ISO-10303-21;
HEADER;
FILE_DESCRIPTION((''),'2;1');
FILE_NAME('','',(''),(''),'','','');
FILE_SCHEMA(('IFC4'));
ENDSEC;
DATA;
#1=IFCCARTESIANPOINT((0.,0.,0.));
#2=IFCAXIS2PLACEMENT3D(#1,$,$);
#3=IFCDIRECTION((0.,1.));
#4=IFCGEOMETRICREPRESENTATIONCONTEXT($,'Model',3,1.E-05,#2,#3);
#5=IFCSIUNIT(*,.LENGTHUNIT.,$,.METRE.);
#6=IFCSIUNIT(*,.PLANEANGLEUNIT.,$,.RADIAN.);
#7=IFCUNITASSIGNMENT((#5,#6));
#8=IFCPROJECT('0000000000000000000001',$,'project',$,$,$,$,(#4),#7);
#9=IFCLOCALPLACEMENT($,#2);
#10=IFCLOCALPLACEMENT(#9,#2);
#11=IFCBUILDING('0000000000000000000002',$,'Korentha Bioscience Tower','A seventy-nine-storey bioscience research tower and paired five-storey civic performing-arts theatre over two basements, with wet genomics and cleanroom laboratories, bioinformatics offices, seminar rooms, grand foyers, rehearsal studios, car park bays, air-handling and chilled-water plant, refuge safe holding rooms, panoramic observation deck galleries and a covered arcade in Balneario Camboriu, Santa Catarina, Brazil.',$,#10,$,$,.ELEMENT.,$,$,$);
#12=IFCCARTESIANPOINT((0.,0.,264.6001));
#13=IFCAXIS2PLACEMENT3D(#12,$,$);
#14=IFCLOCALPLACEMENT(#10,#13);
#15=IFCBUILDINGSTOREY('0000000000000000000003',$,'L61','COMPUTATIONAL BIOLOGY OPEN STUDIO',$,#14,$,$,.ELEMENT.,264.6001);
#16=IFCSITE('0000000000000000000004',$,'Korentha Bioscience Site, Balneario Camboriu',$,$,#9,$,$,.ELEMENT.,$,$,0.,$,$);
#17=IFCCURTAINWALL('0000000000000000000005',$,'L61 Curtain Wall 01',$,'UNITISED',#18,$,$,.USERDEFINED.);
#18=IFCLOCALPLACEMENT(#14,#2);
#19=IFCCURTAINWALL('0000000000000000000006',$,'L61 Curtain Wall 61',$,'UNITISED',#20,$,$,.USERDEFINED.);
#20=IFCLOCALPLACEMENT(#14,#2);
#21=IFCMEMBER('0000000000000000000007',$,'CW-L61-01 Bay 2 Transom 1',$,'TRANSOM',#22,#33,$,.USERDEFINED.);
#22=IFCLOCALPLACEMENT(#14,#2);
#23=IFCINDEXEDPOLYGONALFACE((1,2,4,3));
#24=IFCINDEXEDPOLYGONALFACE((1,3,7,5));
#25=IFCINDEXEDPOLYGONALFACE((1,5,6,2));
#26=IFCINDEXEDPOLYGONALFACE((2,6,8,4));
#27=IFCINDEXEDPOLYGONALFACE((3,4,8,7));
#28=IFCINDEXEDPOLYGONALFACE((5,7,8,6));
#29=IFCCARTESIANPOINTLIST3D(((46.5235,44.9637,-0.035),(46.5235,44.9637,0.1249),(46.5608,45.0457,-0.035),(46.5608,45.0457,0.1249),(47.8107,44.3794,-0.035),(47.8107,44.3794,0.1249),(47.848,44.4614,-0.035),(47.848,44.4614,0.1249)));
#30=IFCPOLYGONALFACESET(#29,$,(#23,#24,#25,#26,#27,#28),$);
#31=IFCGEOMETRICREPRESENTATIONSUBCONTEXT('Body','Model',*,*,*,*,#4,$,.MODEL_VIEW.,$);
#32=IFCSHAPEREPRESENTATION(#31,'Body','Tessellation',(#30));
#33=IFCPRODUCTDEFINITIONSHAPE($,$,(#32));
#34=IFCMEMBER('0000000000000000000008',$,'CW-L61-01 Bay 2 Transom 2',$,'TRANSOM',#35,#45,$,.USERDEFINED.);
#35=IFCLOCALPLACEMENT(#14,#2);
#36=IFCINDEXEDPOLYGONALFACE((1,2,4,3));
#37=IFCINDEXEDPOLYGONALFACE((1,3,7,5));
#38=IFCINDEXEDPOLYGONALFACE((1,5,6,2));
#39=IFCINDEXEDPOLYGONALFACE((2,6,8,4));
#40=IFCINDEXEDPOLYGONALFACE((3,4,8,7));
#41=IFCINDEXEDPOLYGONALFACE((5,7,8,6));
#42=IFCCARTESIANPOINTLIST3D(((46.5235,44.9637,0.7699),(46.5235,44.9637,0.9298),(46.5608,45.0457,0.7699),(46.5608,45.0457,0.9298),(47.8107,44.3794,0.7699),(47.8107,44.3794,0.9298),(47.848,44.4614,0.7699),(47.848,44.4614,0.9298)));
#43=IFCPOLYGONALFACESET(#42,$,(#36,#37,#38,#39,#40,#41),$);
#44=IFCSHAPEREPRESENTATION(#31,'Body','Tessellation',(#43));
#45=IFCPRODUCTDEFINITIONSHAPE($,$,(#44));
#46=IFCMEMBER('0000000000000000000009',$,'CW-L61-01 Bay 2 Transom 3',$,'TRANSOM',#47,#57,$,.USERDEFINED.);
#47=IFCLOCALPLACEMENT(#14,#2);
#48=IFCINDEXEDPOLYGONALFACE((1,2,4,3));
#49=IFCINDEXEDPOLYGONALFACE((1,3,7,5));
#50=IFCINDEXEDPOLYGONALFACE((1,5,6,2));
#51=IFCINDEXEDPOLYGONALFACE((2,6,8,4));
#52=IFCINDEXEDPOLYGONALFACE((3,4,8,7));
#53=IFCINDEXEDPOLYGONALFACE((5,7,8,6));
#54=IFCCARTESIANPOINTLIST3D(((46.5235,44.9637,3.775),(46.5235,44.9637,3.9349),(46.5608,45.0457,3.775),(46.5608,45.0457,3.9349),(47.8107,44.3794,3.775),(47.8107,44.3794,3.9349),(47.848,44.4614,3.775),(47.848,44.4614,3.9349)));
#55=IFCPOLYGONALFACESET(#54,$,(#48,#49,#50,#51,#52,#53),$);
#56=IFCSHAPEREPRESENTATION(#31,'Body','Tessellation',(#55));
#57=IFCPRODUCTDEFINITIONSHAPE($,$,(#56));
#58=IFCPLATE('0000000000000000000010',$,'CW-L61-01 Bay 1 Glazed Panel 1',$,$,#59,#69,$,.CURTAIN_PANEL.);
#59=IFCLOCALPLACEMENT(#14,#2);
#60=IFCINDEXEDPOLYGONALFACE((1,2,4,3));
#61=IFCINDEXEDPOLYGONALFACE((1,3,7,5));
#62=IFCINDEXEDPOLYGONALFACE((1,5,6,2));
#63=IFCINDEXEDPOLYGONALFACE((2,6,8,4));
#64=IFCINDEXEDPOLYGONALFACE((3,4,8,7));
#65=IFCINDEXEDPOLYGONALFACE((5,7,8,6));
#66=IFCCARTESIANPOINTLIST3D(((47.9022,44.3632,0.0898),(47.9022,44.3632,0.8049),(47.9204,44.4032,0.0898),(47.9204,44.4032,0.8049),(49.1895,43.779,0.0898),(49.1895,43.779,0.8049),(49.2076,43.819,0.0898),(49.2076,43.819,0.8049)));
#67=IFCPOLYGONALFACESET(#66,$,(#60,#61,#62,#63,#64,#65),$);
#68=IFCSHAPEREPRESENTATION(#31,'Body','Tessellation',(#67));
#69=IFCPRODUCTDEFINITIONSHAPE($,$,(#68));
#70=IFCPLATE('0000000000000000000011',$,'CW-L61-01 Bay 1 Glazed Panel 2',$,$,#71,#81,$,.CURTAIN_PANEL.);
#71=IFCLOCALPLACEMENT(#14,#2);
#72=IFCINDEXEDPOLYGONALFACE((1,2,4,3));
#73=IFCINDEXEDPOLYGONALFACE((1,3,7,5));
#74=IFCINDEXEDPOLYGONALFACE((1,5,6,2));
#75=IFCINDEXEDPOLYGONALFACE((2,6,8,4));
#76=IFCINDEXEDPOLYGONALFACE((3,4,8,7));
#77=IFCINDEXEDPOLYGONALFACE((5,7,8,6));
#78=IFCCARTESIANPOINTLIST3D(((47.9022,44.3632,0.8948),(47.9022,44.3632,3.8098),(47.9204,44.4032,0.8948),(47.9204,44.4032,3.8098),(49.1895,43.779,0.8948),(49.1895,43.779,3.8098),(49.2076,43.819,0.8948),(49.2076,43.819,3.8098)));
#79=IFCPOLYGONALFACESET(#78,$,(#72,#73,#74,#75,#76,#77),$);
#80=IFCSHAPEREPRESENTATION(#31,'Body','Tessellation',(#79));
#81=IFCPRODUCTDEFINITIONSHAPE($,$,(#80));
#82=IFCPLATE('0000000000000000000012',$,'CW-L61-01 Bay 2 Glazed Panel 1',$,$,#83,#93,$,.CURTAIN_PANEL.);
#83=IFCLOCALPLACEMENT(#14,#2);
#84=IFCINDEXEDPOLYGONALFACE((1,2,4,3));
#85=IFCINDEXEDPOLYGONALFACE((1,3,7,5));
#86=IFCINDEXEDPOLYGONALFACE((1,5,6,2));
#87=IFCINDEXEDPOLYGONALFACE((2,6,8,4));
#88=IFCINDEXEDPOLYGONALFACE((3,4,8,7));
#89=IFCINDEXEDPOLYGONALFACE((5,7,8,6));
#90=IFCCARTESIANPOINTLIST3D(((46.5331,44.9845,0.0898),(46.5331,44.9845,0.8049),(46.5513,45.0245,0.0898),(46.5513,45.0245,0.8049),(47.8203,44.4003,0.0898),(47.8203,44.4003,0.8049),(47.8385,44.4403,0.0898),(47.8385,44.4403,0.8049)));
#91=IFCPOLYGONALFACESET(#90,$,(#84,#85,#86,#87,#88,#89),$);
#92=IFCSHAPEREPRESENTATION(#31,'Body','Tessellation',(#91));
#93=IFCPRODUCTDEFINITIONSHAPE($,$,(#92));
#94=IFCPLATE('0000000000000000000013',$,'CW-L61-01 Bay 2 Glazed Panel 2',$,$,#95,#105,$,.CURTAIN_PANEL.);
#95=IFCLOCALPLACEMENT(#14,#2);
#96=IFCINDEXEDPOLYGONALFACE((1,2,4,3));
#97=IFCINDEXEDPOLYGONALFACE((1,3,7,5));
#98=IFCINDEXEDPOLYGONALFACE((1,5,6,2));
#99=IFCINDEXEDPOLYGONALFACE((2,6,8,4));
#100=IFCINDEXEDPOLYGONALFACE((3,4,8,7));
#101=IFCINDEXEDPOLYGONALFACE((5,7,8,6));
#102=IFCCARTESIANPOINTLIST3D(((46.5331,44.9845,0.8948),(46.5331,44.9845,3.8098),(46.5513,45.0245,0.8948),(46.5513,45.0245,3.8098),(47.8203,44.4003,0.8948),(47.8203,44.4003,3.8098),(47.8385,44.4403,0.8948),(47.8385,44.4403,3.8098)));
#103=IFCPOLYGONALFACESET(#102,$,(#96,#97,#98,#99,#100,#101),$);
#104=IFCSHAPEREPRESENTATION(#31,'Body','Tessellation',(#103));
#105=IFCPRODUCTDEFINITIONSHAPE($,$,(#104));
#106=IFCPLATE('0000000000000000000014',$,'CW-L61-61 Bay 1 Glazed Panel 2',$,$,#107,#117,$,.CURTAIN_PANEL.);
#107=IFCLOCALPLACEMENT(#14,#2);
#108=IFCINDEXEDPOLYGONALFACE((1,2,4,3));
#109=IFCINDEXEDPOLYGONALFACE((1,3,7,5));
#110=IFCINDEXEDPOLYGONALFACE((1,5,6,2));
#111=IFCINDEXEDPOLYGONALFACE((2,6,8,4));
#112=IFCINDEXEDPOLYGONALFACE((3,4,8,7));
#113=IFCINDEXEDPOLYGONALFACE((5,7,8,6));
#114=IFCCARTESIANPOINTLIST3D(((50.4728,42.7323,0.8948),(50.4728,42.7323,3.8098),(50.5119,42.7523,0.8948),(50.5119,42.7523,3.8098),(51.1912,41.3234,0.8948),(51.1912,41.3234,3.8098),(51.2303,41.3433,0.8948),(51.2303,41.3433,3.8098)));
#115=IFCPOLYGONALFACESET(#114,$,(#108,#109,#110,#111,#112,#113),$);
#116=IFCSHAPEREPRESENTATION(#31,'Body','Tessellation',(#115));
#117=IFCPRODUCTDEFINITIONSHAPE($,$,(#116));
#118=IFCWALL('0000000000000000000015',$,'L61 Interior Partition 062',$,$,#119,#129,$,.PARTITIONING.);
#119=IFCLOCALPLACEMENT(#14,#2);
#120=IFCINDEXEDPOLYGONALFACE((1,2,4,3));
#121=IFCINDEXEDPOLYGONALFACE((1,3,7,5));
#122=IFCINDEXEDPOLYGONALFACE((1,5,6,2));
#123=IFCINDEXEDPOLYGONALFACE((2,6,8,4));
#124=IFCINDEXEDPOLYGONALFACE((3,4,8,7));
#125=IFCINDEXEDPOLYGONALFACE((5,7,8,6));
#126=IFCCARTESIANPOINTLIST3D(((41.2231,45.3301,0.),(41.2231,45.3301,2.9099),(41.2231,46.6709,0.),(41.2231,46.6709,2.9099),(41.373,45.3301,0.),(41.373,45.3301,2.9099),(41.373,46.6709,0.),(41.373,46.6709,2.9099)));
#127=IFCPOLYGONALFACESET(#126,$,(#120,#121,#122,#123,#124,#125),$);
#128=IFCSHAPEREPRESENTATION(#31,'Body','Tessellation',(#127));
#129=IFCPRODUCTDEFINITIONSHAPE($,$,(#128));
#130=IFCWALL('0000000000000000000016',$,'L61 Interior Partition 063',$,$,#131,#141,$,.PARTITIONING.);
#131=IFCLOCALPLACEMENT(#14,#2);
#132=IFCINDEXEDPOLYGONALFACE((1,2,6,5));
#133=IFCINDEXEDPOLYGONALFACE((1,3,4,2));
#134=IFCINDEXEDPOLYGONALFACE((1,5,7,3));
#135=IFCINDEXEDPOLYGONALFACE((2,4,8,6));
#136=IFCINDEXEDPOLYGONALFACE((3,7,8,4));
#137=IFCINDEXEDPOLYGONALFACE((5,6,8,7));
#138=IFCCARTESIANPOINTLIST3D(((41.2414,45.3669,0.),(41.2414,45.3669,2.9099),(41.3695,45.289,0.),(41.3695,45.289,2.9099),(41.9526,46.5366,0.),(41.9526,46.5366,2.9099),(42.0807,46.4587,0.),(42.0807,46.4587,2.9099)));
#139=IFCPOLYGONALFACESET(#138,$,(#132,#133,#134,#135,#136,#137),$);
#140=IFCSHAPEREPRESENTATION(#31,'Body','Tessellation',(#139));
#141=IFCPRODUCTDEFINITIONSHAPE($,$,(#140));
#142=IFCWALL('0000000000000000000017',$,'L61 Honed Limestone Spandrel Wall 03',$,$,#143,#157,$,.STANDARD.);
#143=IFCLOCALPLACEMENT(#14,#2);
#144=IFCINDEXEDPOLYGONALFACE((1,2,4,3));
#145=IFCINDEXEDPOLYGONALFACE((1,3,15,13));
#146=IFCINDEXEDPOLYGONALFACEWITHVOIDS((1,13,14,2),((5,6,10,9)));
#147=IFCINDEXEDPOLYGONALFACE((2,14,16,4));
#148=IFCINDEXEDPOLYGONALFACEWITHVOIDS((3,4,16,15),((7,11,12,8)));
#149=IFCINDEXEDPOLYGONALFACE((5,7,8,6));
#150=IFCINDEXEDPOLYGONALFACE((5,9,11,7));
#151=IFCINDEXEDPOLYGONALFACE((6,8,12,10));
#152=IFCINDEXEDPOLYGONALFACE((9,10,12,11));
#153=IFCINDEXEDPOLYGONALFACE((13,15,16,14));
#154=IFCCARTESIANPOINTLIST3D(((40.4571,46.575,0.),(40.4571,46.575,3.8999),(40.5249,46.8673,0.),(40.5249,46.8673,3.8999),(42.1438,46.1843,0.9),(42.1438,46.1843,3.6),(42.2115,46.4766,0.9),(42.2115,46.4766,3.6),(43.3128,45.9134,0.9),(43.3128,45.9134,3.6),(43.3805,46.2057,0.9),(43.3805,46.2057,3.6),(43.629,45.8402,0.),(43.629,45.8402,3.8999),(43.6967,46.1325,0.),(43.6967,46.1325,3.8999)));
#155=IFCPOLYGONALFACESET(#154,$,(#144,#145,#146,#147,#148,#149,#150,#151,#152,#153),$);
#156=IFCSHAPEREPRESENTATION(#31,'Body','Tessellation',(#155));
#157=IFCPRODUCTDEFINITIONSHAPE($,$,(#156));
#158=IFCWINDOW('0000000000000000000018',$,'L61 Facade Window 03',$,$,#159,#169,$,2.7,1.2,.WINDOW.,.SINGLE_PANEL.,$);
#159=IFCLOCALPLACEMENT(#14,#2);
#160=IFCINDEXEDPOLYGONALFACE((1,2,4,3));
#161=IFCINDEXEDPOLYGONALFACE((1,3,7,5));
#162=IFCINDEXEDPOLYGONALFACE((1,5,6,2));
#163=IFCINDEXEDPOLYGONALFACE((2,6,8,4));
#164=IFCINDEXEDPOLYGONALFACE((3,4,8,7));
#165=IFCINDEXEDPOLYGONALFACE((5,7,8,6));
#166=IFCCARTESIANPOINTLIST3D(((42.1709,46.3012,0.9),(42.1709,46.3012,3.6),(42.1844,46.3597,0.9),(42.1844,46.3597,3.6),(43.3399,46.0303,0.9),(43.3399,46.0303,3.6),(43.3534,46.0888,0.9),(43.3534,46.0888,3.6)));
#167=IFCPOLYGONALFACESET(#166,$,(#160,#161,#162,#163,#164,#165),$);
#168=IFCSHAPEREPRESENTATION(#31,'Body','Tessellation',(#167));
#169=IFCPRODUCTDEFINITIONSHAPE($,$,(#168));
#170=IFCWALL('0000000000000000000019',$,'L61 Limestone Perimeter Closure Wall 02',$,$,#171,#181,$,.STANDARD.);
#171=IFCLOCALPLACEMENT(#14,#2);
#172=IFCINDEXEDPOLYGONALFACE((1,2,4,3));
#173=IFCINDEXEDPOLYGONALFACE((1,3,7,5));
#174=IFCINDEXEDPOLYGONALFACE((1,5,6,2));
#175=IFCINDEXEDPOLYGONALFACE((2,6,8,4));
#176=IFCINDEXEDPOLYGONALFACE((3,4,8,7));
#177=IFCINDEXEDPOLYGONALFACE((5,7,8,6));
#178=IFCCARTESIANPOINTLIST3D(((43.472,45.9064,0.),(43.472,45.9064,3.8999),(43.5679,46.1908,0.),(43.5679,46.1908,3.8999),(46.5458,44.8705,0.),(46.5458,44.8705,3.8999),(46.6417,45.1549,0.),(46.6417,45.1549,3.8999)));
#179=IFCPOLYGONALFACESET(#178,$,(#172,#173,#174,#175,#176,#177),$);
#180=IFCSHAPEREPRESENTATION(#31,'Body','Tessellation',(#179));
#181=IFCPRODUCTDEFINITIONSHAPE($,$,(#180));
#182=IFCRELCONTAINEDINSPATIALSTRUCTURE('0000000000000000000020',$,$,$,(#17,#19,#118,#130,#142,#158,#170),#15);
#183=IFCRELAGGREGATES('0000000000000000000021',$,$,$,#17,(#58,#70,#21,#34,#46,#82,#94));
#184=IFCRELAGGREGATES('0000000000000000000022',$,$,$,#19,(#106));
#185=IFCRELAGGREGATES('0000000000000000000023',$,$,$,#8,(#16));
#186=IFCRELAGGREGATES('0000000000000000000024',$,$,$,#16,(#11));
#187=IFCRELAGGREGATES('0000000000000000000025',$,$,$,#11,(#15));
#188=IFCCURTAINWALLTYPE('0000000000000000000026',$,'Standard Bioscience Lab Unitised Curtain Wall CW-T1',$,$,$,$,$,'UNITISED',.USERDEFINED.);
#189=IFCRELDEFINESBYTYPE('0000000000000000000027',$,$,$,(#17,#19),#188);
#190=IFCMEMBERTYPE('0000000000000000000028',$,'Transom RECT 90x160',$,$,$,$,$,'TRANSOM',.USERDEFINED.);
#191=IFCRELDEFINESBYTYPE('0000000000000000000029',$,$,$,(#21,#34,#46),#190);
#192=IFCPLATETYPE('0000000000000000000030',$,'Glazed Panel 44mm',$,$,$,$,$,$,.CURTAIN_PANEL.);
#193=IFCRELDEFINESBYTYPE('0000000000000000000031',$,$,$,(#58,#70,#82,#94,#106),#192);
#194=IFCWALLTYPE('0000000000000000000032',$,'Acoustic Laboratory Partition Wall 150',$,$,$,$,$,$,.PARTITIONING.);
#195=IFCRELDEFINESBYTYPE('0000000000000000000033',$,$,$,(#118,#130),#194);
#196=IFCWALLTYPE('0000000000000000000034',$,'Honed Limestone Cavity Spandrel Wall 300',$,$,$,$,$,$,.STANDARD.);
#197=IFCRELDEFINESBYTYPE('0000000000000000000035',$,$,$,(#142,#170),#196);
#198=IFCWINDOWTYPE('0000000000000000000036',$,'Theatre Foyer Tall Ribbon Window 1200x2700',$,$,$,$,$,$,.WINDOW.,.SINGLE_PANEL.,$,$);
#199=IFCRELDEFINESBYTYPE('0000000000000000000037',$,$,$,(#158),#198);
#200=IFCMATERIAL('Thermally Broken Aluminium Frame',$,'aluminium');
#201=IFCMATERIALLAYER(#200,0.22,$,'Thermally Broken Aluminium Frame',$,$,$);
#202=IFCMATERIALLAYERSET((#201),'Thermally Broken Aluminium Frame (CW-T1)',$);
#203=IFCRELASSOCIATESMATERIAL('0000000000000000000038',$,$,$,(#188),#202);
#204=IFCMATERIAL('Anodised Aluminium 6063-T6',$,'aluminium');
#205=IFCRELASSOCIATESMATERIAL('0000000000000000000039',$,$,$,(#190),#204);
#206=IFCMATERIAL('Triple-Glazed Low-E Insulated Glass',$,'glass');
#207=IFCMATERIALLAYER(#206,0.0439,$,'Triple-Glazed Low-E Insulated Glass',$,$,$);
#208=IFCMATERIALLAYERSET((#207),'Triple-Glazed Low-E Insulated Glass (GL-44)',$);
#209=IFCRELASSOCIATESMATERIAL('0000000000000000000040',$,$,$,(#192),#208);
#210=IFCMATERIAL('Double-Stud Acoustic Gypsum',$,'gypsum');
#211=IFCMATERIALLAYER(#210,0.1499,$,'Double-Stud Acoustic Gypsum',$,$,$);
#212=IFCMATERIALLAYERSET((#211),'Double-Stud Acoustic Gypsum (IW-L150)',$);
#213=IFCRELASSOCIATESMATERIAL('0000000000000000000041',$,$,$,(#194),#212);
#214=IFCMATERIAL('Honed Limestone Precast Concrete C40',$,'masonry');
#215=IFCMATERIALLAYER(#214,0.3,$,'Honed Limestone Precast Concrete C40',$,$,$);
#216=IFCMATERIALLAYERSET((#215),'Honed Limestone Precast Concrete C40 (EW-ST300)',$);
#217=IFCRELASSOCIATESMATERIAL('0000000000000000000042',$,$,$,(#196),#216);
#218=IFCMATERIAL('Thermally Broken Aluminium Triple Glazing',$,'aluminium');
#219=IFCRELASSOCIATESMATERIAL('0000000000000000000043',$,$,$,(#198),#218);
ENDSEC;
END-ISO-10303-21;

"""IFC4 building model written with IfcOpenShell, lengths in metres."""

from ifc_helpers import new_model, si_unit, direction, frame, frame_2d, origin, origin_2d, place, context, subcontext, project, spatial, rectangle, extrude, material, layer, layer_set, material_profile, profile_set, type_object, element, fill, aggregate, save


model = new_model("IFC4")

# Units and contexts
model_context = context("Model", 3, precision=1e-05, world=origin(), true_north=direction((0.0, 1.0)))
body_context = subcontext(model_context, "Body", "Model", "MODEL_VIEW")
ifc_project = project(units=[si_unit("LENGTHUNIT", "METRE"), si_unit("PLANEANGLEUNIT", "RADIAN")], contexts=[model_context])

# Site, building, storey
site_placement = place(None, origin())
site = spatial("IfcSite", under=ifc_project, at=site_placement, Name="Korentha Bioscience Site, Balneario Camboriu", CompositionType="ELEMENT", RefElevation=0.0)
building_placement = place(site_placement, origin())
building = spatial("IfcBuilding", under=site, at=building_placement, Name="Korentha Bioscience Tower", Description="A seventy-nine-storey bioscience research tower and paired five-storey civic performing-arts theatre over two basements, with wet genomics and cleanroom laboratories, bioinformatics offices, seminar rooms, grand foyers, rehearsal studios, car park bays, air-handling and chilled-water plant, refuge safe holding rooms, panoramic observation deck galleries and a covered arcade in Balneario Camboriu, Santa Catarina, Brazil.", CompositionType="ELEMENT")
storey_placement = place(building_placement, frame((0.0, 0.0, 264.6001)))
storey = spatial("IfcBuildingStorey", under=building, at=storey_placement, Name="L61", Description="COMPUTATIONAL BIOLOGY OPEN STUDIO", CompositionType="ELEMENT", Elevation=264.6001)

# Curtain wall
ifc_material_1 = material(Name="Thermally Broken Aluminium Frame", Category="aluminium")
ifc_layer_1 = layer(ifc_material_1, 0.22, Name="Thermally Broken Aluminium Frame")
ifc_layer_set_1 = layer_set([ifc_layer_1], Name="Thermally Broken Aluminium Frame (CW-T1)")
curtain_wall_type = type_object("IfcCurtainWallType", Name="Standard Bioscience Lab Unitised Curtain Wall CW-T1", ElementType="UNITISED", PredefinedType="USERDEFINED", material=ifc_layer_set_1)
curtain_wall_1_placement = place(storey_placement, origin())
curtain_wall_1 = element("IfcCurtainWall", 1, at=curtain_wall_1_placement, inside=storey, type_object=curtain_wall_type, Name="L61 Curtain Wall 01", ObjectType="UNITISED", PredefinedType="USERDEFINED")
ifc_material_2 = material(Name="Anodised Aluminium 6063-T6", Category="aluminium")

# Curtain wall
curtain_wall_2_placement = place(storey_placement, origin())
curtain_wall_2 = element("IfcCurtainWall", 2, at=curtain_wall_2_placement, inside=storey, type_object=curtain_wall_type, Name="L61 Curtain Wall 61", ObjectType="UNITISED", PredefinedType="USERDEFINED")

# Members
ifc_material_profile_1 = material_profile(ifc_material_2, rectangle(XDim=0.0901, YDim=0.1599, at=origin_2d()), Name="Anodised Aluminium 6063-T6")
ifc_profile_set_1 = profile_set([ifc_material_profile_1], Name="Anodised Aluminium 6063-T6 (CW-TRN)")
member_type_1 = type_object("IfcMemberType", Name="Transom RECT 90x160", ElementType="TRANSOM", PredefinedType="USERDEFINED", material=ifc_profile_set_1)
member_1_placement = place(storey_placement, frame((47.8293, 44.4204, 0.0449), z_axis=(-0.910585, 0.413321, 0.0), x_axis=(-0.413321, -0.910585, 0.0)))
member_1 = element("IfcMember", 3, at=member_1_placement, type_object=member_type_1, Name="CW-L61-01 Bay 2 Transom 1", ObjectType="TRANSOM", PredefinedType="USERDEFINED", context=body_context, shape_type="SweptSolid", body=[
    extrude(rectangle(XDim=0.0901, YDim=0.1599, at=origin_2d()), origin(), (0.0, 0.0, 1.0), 1.4136),
])
member_2_placement = place(storey_placement, frame((47.8293, 44.4204, 0.8499), z_axis=(-0.910585, 0.413321, 0.0), x_axis=(-0.413321, -0.910585, 0.0)))
member_2 = element("IfcMember", 4, at=member_2_placement, type_object=member_type_1, Name="CW-L61-01 Bay 2 Transom 2", ObjectType="TRANSOM", PredefinedType="USERDEFINED", context=body_context, shape_type="SweptSolid", body=[
    extrude(rectangle(XDim=0.0901, YDim=0.1599, at=origin_2d()), origin(), (0.0, 0.0, 1.0), 1.4136),
])
member_3_placement = place(storey_placement, frame((47.8293, 44.4204, 3.855), z_axis=(-0.910585, 0.413321, 0.0), x_axis=(-0.413321, -0.910585, 0.0)))
member_3 = element("IfcMember", 5, at=member_3_placement, type_object=member_type_1, Name="CW-L61-01 Bay 2 Transom 3", ObjectType="TRANSOM", PredefinedType="USERDEFINED", context=body_context, shape_type="SweptSolid", body=[
    extrude(rectangle(XDim=0.0901, YDim=0.1599, at=origin_2d()), origin(), (0.0, 0.0, 1.0), 1.4136),
])

# Plates
ifc_material_3 = material(Name="Triple-Glazed Low-E Insulated Glass", Category="glass")
ifc_layer_2 = layer(ifc_material_3, 0.0439, Name="Triple-Glazed Low-E Insulated Glass")
ifc_layer_set_2 = layer_set([ifc_layer_2], Name="Triple-Glazed Low-E Insulated Glass (GL-44)")
plate_type = type_object("IfcPlateType", Name="Glazed Panel 44mm", PredefinedType="CURTAIN_PANEL", material=ifc_layer_set_2)
plate_1_placement = place(storey_placement, frame((48.5549, 44.0911, 0.0898), z_axis=(0.0, 0.0, 1.0), x_axis=(-0.910604, 0.41328, 0.0)))
plate_1 = element("IfcPlate", 6, at=plate_1_placement, type_object=plate_type, Name="CW-L61-01 Bay 1 Glazed Panel 1", PredefinedType="CURTAIN_PANEL", context=body_context, shape_type="SweptSolid", body=[
    extrude(rectangle(XDim=1.4136, YDim=0.0439, at=origin_2d()), origin(), (0.0, 0.0, 1.0), 0.7151),
])
plate_2_placement = place(storey_placement, frame((48.5549, 44.0911, 0.8948), z_axis=(0.0, 0.0, 1.0), x_axis=(-0.910604, 0.41328, 0.0)))
plate_2 = element("IfcPlate", 7, at=plate_2_placement, type_object=plate_type, Name="CW-L61-01 Bay 1 Glazed Panel 2", PredefinedType="CURTAIN_PANEL", context=body_context, shape_type="SweptSolid", body=[
    extrude(rectangle(XDim=1.4136, YDim=0.0439, at=origin_2d()), origin(), (0.0, 0.0, 1.0), 2.915),
])
plate_3_placement = place(storey_placement, frame((47.1858, 44.7124, 0.0898), z_axis=(0.0, 0.0, 1.0), x_axis=(-0.910604, 0.41328, 0.0)))
plate_3 = element("IfcPlate", 8, at=plate_3_placement, type_object=plate_type, Name="CW-L61-01 Bay 2 Glazed Panel 1", PredefinedType="CURTAIN_PANEL", context=body_context, shape_type="SweptSolid", body=[
    extrude(rectangle(XDim=1.4136, YDim=0.0439, at=origin_2d()), origin(), (0.0, 0.0, 1.0), 0.7151),
])
plate_4_placement = place(storey_placement, frame((47.1858, 44.7124, 0.8948), z_axis=(0.0, 0.0, 1.0), x_axis=(-0.910604, 0.41328, 0.0)))
plate_4 = element("IfcPlate", 9, at=plate_4_placement, type_object=plate_type, Name="CW-L61-01 Bay 2 Glazed Panel 2", PredefinedType="CURTAIN_PANEL", context=body_context, shape_type="SweptSolid", body=[
    extrude(rectangle(XDim=1.4136, YDim=0.0439, at=origin_2d()), origin(), (0.0, 0.0, 1.0), 2.915),
])
aggregate(curtain_wall_1, [plate_1, plate_2, member_1, member_2, member_3, plate_3, plate_4])
plate_5_placement = place(storey_placement, frame((50.8516, 42.0378, 0.8948), z_axis=(0.0, 0.0, 1.0), x_axis=(-0.454239, 0.89088, 0.0)))
plate_5 = element("IfcPlate", 10, at=plate_5_placement, type_object=plate_type, Name="CW-L61-61 Bay 1 Glazed Panel 2", PredefinedType="CURTAIN_PANEL", context=body_context, shape_type="SweptSolid", body=[
    extrude(rectangle(XDim=1.5815, YDim=0.0439, at=origin_2d()), origin(), (0.0, 0.0, 1.0), 2.915),
])
aggregate(curtain_wall_2, [plate_5])

# Walls
ifc_material_4 = material(Name="Double-Stud Acoustic Gypsum", Category="gypsum")
ifc_layer_3 = layer(ifc_material_4, 0.1499, Name="Double-Stud Acoustic Gypsum")
ifc_layer_set_3 = layer_set([ifc_layer_3], Name="Double-Stud Acoustic Gypsum (IW-L150)")
wall_type_1 = type_object("IfcWallType", Name="Acoustic Laboratory Partition Wall 150", PredefinedType="PARTITIONING", material=ifc_layer_set_3)
wall_1_placement = place(storey_placement, frame((41.2981, 46.6709, 0.0), z_axis=(0.0, 0.0, 1.0), x_axis=(0.0, -1.0, 0.0)))
element("IfcWall", 11, at=wall_1_placement, inside=storey, type_object=wall_type_1, Name="L61 Interior Partition 062", PredefinedType="PARTITIONING", context=body_context, shape_type="SweptSolid", body=[
    extrude(rectangle(XDim=1.3408, YDim=0.1499, at=frame_2d((0.6704, 0.0))), origin(), (0.0, 0.0, 1.0), 2.9099),
])
wall_2_placement = place(storey_placement, frame((41.3054, 45.3279, 0.0), z_axis=(0.0, 0.0, 1.0), x_axis=(0.519523, 0.854457, 0.0)))
element("IfcWall", 12, at=wall_2_placement, inside=storey, type_object=wall_type_1, Name="L61 Interior Partition 063", PredefinedType="PARTITIONING", context=body_context, shape_type="SweptSolid", body=[
    extrude(rectangle(XDim=1.3689, YDim=0.1499, at=frame_2d((0.6846, 0.0))), origin(), (0.0, 0.0, 1.0), 2.9099),
])

# Wall, opening, window
ifc_material_5 = material(Name="Honed Limestone Precast Concrete C40", Category="masonry")
ifc_layer_4 = layer(ifc_material_5, 0.3, Name="Honed Limestone Precast Concrete C40")
ifc_layer_set_4 = layer_set([ifc_layer_4], Name="Honed Limestone Precast Concrete C40 (EW-ST300)")
wall_type_2 = type_object("IfcWallType", Name="Honed Limestone Cavity Spandrel Wall 300", PredefinedType="STANDARD", material=ifc_layer_set_4)
wall_3_placement = place(storey_placement, frame((43.6628, 45.9863, 0.0), z_axis=(0.0, 0.0, 1.0), x_axis=(-0.974196, 0.225703, 0.0)))
wall_3 = element("IfcWall", 13, at=wall_3_placement, inside=storey, type_object=wall_type_2, Name="L61 Honed Limestone Spandrel Wall 03", PredefinedType="STANDARD", context=body_context, shape_type="SweptSolid", body=[
    extrude(rectangle(XDim=3.2559, YDim=0.3, at=frame_2d((1.6279, 0.0))), origin(), (0.0, 0.0, 1.0), 3.8999),
])
opening_placement = place(wall_3_placement, frame((0.3245, 0.0, 0.8999)))
opening = element("IfcOpeningElement", 14, at=opening_placement, cuts=wall_3, PredefinedType="OPENING", context=body_context, shape_type="SweptSolid", body=[
    extrude(rectangle(XDim=1.2, YDim=2.7, at=frame_2d((0.6001, 1.3501))), frame((0.0, 0.165, 0.0), z_axis=(0.0, -1.0, 0.0), x_axis=(1.0, 0.0, 0.0)), (0.0, 0.0, 1.0), 0.3298),
])
ifc_material_6 = material(Name="Thermally Broken Aluminium Triple Glazing", Category="aluminium")
window_type = type_object("IfcWindowType", Name="Theatre Foyer Tall Ribbon Window 1200x2700", PartitioningType="SINGLE_PANEL", PredefinedType="WINDOW", material=ifc_material_6)
window_placement = place(opening_placement, origin())
window = element("IfcWindow", 15, at=window_placement, inside=storey, type_object=window_type, Name="L61 Facade Window 03", OverallHeight=2.7, OverallWidth=1.2, PartitioningType="SINGLE_PANEL", PredefinedType="WINDOW", context=body_context, shape_type="SweptSolid", body=[
    extrude(rectangle(XDim=1.2, YDim=2.7, at=frame_2d((0.6001, 1.3501))), frame((0.0, 0.03, 0.0), z_axis=(0.0, -1.0, 0.0), x_axis=(1.0, 0.0, 0.0)), (0.0, 0.0, 1.0), 0.0601),
])
fill(opening, window)

# Wall
wall_4_placement = place(storey_placement, frame((46.5938, 45.0127, 0.0), z_axis=(0.0, 0.0, 1.0), x_axis=(-0.947632, 0.319365, 0.0)))
element("IfcWall", 16, at=wall_4_placement, inside=storey, type_object=wall_type_2, Name="L61 Limestone Perimeter Closure Wall 02", PredefinedType="STANDARD", context=body_context, shape_type="SweptSolid", body=[
    extrude(rectangle(XDim=3.2437, YDim=0.3, at=frame_2d((1.6218, 0.0))), origin(), (0.0, 0.0, 1.0), 3.8999),
])

save(model, "model.ifc")
